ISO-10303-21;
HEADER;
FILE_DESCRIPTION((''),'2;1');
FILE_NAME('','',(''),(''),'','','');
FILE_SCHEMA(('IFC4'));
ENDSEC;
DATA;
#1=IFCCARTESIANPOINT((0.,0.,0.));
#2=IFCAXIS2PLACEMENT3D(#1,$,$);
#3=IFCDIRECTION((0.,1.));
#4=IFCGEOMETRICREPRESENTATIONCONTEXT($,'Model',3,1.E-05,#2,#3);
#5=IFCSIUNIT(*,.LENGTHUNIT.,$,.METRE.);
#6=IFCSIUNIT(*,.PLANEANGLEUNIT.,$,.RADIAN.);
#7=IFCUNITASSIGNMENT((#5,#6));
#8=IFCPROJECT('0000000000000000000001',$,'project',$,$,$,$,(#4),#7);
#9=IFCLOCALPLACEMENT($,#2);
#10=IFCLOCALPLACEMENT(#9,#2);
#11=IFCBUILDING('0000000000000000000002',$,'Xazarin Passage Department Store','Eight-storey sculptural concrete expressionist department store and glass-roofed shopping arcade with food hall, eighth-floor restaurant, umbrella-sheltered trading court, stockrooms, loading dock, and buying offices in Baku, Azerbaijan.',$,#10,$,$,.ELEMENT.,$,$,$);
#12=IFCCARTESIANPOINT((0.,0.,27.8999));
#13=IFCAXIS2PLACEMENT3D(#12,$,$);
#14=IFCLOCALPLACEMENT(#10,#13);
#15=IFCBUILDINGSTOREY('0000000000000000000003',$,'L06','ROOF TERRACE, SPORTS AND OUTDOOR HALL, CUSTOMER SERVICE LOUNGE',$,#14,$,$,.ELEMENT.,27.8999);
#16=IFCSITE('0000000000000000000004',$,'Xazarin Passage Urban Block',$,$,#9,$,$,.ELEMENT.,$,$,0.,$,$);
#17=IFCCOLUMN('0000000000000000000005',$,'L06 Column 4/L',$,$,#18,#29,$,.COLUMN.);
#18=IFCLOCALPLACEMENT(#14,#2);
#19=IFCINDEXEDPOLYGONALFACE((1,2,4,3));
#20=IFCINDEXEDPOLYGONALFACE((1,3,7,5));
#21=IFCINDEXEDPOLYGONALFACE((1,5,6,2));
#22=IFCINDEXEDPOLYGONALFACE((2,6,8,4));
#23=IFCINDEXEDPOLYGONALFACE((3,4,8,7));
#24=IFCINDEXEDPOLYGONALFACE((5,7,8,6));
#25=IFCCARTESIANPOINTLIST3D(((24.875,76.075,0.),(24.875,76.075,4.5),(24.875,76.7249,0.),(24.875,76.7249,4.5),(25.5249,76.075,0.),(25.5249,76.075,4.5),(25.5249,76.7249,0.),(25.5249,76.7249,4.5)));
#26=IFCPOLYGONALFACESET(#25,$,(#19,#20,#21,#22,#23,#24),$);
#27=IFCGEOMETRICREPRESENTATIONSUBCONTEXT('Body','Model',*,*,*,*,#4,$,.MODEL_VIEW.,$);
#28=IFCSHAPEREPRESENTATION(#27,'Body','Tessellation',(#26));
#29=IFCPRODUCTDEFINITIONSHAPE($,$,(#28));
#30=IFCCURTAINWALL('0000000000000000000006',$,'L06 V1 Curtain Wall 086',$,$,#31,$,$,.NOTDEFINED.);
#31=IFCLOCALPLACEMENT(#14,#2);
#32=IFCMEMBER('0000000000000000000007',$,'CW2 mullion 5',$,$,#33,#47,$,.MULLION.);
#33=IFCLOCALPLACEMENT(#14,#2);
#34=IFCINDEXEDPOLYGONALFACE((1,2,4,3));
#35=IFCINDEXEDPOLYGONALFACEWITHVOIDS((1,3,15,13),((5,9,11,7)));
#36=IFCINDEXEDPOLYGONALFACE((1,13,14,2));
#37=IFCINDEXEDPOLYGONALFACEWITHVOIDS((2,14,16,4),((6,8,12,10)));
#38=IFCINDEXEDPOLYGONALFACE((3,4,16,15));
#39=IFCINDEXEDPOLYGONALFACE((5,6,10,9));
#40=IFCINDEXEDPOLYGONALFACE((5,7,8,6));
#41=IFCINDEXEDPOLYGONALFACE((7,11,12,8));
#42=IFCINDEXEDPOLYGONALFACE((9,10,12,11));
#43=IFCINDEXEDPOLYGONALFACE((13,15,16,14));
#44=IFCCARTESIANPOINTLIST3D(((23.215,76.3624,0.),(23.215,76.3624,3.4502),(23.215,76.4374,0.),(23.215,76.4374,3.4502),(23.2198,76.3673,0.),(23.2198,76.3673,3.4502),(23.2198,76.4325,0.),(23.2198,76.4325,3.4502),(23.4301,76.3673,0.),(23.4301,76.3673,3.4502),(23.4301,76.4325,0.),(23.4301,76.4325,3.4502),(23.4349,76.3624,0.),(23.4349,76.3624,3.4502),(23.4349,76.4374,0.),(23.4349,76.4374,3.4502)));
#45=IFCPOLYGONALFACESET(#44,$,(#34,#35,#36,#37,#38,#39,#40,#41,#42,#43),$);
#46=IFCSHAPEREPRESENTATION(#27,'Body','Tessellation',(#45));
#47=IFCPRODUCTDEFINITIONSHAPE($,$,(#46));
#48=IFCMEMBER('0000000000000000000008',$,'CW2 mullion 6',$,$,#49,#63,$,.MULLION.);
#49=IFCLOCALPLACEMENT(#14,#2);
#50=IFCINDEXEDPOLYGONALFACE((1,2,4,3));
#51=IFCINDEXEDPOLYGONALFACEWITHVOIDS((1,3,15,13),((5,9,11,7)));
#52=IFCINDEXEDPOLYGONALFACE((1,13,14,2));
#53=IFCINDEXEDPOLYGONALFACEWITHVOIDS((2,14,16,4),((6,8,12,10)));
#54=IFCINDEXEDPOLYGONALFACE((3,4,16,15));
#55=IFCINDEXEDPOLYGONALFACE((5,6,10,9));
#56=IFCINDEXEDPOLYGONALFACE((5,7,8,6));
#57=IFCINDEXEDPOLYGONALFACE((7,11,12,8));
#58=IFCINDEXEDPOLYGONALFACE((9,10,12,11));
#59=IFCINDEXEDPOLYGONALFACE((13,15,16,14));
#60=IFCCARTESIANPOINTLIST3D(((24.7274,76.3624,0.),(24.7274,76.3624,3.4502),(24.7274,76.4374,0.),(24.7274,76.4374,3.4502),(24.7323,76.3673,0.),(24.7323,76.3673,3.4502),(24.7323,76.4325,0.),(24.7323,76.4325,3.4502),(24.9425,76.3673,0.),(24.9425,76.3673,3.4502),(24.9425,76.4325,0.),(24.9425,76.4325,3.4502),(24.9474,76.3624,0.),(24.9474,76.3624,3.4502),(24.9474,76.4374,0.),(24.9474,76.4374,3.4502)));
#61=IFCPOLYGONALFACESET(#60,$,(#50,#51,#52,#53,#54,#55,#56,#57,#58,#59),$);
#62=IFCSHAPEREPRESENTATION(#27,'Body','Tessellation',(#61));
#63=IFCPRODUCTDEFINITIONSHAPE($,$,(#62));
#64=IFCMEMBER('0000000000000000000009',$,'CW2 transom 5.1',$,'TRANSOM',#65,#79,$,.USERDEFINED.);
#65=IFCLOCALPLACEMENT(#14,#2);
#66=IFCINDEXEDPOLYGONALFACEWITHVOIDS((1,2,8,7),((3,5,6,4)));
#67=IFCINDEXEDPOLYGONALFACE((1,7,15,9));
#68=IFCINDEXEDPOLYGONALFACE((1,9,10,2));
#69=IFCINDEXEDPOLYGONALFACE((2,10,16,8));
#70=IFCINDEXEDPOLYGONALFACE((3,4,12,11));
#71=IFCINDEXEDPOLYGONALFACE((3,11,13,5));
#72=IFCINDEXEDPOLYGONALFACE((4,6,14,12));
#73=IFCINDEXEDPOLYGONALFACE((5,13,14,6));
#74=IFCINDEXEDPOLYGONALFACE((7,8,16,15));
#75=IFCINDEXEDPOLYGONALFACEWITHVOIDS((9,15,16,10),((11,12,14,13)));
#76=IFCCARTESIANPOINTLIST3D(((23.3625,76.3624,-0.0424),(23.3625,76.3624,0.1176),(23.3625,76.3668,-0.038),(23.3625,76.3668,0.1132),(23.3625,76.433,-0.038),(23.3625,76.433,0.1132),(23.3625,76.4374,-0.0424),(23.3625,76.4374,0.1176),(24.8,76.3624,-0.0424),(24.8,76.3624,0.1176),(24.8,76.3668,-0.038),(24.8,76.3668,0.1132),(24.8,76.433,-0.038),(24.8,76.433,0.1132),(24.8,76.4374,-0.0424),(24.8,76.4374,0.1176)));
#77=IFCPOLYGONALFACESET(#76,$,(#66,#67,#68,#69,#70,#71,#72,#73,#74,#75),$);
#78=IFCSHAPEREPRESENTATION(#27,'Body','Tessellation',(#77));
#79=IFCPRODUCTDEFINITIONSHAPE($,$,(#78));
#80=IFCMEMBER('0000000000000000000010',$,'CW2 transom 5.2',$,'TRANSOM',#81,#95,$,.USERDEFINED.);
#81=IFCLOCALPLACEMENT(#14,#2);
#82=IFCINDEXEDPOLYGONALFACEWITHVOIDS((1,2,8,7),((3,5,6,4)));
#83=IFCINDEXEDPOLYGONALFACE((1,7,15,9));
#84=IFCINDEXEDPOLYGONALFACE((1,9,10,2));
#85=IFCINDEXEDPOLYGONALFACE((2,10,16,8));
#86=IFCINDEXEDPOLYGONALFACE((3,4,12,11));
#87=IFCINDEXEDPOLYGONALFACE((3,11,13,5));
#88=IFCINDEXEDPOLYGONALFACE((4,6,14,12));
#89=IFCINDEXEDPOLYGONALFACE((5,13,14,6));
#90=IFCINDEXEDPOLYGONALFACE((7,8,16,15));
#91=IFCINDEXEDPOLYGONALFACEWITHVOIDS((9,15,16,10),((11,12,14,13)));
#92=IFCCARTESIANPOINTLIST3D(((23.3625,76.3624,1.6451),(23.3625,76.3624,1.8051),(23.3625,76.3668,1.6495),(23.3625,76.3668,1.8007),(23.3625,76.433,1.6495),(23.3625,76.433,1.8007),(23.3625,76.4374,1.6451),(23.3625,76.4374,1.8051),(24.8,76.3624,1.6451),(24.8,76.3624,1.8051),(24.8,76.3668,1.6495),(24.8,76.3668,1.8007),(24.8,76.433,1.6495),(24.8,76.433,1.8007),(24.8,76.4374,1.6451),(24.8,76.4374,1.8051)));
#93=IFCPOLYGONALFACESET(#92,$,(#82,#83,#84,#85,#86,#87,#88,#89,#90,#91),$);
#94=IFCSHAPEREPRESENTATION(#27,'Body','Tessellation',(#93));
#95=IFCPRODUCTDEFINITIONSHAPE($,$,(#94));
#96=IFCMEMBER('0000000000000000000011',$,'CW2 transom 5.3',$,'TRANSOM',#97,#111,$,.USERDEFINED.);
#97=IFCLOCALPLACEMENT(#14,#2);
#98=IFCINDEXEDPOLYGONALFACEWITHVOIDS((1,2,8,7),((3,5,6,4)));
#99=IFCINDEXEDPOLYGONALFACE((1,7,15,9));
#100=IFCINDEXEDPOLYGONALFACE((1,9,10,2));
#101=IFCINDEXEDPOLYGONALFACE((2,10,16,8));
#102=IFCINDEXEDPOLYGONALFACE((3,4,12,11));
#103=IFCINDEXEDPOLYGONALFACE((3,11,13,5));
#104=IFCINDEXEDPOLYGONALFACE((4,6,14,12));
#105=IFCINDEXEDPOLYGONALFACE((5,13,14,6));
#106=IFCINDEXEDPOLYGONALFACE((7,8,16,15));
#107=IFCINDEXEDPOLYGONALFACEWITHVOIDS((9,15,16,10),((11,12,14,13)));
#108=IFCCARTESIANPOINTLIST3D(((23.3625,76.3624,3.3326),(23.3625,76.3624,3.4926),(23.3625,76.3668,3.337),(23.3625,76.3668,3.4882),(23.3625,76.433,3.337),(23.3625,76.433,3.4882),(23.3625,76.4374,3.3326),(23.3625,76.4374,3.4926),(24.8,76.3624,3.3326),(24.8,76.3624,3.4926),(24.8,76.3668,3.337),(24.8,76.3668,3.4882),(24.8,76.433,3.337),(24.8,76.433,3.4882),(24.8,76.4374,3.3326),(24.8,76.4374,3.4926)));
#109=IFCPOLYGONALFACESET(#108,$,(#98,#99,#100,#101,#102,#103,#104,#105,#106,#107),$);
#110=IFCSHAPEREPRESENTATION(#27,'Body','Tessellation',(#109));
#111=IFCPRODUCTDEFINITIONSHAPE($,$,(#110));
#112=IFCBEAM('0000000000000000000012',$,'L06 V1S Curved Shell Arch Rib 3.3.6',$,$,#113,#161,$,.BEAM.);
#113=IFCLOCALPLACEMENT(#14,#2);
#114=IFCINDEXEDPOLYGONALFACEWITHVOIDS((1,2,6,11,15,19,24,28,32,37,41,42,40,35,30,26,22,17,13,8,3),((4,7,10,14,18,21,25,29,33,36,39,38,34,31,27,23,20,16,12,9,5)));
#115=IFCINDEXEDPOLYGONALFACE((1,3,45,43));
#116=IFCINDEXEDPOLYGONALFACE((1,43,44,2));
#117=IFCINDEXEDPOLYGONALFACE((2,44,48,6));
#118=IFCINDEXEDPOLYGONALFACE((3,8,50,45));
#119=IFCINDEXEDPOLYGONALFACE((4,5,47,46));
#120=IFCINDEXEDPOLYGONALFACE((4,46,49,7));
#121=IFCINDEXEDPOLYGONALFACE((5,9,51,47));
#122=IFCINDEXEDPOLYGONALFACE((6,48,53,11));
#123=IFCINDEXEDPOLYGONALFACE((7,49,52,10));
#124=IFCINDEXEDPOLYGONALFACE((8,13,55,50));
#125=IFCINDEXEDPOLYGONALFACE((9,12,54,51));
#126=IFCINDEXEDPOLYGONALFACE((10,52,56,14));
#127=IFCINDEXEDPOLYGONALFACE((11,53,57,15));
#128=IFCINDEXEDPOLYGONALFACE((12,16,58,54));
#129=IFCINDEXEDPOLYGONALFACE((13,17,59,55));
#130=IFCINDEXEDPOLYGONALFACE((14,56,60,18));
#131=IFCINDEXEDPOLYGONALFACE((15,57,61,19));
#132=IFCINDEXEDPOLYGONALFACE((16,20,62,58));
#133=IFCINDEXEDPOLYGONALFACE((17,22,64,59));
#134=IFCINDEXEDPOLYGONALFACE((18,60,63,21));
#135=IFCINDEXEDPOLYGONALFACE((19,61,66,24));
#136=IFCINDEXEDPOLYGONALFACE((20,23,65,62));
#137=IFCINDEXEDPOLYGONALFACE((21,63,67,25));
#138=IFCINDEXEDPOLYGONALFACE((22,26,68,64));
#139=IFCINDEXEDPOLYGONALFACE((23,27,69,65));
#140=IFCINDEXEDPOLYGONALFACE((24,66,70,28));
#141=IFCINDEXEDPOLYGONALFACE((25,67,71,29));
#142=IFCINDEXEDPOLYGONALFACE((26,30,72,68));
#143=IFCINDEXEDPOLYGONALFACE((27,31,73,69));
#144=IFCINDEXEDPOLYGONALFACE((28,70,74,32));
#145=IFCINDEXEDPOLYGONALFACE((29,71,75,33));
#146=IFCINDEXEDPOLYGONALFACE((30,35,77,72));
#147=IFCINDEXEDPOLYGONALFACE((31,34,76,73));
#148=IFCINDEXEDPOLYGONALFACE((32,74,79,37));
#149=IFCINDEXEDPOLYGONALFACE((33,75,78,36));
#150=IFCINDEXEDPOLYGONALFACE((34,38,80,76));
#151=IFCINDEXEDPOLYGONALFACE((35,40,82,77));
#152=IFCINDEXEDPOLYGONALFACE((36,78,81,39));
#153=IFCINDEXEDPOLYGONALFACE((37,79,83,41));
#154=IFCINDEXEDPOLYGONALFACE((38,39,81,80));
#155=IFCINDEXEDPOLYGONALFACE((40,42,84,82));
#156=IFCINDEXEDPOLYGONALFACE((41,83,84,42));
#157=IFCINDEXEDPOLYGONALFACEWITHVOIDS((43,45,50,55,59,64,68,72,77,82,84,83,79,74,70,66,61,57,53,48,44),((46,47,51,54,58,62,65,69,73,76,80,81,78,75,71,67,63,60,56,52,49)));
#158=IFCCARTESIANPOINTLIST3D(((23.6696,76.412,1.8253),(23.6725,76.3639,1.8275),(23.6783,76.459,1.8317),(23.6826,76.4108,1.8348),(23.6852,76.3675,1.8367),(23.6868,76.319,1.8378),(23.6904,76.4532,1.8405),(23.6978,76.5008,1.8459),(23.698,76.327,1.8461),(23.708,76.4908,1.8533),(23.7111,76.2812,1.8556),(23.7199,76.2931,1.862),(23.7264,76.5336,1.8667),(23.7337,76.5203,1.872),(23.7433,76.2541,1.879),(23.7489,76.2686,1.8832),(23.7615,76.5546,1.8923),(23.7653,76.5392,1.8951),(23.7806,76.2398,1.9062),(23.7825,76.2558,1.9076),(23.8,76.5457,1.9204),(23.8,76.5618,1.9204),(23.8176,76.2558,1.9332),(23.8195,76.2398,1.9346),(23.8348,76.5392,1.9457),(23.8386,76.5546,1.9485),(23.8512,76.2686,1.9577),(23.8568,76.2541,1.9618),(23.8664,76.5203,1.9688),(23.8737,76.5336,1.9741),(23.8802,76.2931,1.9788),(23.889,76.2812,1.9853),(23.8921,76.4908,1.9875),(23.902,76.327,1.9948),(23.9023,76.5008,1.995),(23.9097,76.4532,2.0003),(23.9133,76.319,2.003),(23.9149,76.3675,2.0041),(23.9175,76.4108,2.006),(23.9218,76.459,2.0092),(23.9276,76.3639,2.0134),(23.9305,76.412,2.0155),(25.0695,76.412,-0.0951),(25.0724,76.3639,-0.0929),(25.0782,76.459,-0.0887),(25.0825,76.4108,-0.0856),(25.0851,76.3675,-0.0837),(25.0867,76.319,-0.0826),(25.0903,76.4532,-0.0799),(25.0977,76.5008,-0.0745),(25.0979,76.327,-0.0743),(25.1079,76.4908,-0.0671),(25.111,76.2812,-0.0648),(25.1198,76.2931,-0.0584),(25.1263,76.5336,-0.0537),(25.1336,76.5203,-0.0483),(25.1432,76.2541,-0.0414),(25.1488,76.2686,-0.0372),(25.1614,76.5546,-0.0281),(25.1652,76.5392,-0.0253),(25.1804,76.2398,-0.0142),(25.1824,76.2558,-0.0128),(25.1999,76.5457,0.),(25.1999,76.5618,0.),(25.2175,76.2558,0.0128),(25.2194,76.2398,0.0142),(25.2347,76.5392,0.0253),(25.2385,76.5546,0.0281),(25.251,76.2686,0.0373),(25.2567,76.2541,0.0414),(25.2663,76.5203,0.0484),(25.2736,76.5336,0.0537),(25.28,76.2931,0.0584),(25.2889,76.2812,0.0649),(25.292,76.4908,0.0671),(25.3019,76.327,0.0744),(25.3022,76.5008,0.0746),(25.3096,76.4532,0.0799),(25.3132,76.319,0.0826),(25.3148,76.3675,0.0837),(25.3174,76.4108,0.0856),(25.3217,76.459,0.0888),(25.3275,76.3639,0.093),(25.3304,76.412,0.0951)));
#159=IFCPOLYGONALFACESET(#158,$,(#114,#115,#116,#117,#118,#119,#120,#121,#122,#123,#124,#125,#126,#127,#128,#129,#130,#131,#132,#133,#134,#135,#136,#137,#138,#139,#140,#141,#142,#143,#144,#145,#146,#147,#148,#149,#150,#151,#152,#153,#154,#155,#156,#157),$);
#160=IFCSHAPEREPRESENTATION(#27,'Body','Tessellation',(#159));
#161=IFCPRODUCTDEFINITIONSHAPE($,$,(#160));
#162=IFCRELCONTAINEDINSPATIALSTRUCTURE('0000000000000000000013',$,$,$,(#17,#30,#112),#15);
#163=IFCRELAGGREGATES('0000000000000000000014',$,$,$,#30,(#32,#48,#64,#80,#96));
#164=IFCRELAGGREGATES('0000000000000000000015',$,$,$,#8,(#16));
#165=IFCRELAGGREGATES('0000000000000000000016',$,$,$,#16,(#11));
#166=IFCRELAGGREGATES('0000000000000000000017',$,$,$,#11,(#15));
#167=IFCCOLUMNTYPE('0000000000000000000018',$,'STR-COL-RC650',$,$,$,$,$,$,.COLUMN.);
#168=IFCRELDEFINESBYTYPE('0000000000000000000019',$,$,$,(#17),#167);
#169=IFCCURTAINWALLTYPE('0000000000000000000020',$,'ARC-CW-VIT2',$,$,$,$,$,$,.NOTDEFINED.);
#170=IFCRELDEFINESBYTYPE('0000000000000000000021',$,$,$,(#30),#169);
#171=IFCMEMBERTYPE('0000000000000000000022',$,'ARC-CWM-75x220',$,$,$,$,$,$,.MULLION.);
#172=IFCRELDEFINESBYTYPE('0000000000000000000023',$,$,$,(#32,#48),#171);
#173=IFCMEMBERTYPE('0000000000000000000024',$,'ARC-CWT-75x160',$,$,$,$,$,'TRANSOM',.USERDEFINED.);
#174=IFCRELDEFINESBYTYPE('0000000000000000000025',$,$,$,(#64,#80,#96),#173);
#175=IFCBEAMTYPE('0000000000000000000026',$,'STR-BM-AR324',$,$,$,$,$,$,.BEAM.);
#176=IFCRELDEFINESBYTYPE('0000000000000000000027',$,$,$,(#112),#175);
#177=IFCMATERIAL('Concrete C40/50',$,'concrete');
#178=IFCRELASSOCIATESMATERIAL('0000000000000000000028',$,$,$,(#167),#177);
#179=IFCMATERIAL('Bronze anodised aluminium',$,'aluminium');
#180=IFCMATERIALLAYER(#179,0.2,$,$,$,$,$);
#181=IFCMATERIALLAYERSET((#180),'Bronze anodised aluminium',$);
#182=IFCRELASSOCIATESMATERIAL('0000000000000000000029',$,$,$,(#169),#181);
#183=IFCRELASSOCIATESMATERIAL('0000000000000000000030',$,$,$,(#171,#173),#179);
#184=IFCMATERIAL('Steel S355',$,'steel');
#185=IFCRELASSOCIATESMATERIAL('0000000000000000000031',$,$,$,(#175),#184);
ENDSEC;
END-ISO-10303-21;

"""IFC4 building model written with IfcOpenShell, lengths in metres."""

from ifc_helpers import new_model, si_unit, direction, frame, origin, origin_2d, place, context, subcontext, project, spatial, rectangle, hollow_rectangle, hollow_circle, extrude, material, layer, layer_set, material_profile, profile_set, type_object, element, aggregate, save


model = new_model("IFC4")

# Units and contexts
model_context = context("Model", 3, precision=1e-05, world=origin(), true_north=direction((0.0, 1.0)))
body_context = subcontext(model_context, "Body", "Model", "MODEL_VIEW")
ifc_project = project(units=[si_unit("LENGTHUNIT", "METRE"), si_unit("PLANEANGLEUNIT", "RADIAN")], contexts=[model_context])

# Site, building, storey
site_placement = place(None, origin())
site = spatial("IfcSite", under=ifc_project, at=site_placement, Name="Xazarin Passage Urban Block", CompositionType="ELEMENT", RefElevation=0.0)
building_placement = place(site_placement, origin())
building = spatial("IfcBuilding", under=site, at=building_placement, Name="Xazarin Passage Department Store", Description="Eight-storey sculptural concrete expressionist department store and glass-roofed shopping arcade with food hall, eighth-floor restaurant, umbrella-sheltered trading court, stockrooms, loading dock, and buying offices in Baku, Azerbaijan.", CompositionType="ELEMENT")
storey_placement = place(building_placement, frame((0.0, 0.0, 27.8999)))
storey = spatial("IfcBuildingStorey", under=building, at=storey_placement, Name="L06", Description="ROOF TERRACE, SPORTS AND OUTDOOR HALL, CUSTOMER SERVICE LOUNGE", CompositionType="ELEMENT", Elevation=27.8999)

# Column
ifc_material_1 = material(Name="Concrete C40/50", Category="concrete")
ifc_material_profile_1 = material_profile(ifc_material_1, rectangle(XDim=0.6499, YDim=0.6499, at=origin_2d()), Name="RC 650x650")
ifc_profile_set_1 = profile_set([ifc_material_profile_1], Name="Concrete C40/50")
column_type = type_object("IfcColumnType", Name="STR-COL-RC650", PredefinedType="COLUMN", material=ifc_profile_set_1)
column_placement = place(storey_placement, frame((25.2, 76.3999, 0.0), z_axis=(0.0, 0.0, 1.0), x_axis=(1.0, 0.0, 0.0)))
element("IfcColumn", 1, at=column_placement, inside=storey, type_object=column_type, Name="L06 Column 4/L", PredefinedType="COLUMN", context=body_context, shape_type="SweptSolid", body=[
    extrude(rectangle(XDim=0.6499, YDim=0.6499, at=origin_2d()), origin(), (0.0, 0.0, 1.0), 4.5),
])

# Curtain wall, members
ifc_material_2 = material(Name="Bronze anodised aluminium", Category="aluminium")
ifc_layer_1 = layer(ifc_material_2, 0.2)
ifc_layer_set_1 = layer_set([ifc_layer_1], Name="Bronze anodised aluminium")
curtain_wall_type = type_object("IfcCurtainWallType", Name="ARC-CW-VIT2", PredefinedType="NOTDEFINED", material=ifc_layer_set_1)
curtain_wall_placement = place(storey_placement, origin())
curtain_wall = element("IfcCurtainWall", 2, at=curtain_wall_placement, inside=storey, type_object=curtain_wall_type, Name="L06 V1 Curtain Wall 086", PredefinedType="NOTDEFINED")
ifc_material_profile_2 = material_profile(ifc_material_2, hollow_rectangle(XDim=0.075, YDim=0.22, WallThickness=0.0049, at=origin_2d()), Name="ALU 75x220")
ifc_profile_set_2 = profile_set([ifc_material_profile_2], Name="Bronze anodised aluminium")
member_type_1 = type_object("IfcMemberType", Name="ARC-CWM-75x220", PredefinedType="MULLION", material=ifc_profile_set_2)
member_1_placement = place(storey_placement, frame((23.325, 76.3999, 0.0), z_axis=(0.0, 0.0, 1.0), x_axis=(0.0, 1.0, 0.0)))
member_1 = element("IfcMember", 3, at=member_1_placement, type_object=member_type_1, Name="CW2 mullion 5", PredefinedType="MULLION", context=body_context, shape_type="SweptSolid", body=[
    extrude(hollow_rectangle(XDim=0.075, YDim=0.22, WallThickness=0.0049, at=origin_2d()), origin(), (0.0, 0.0, 1.0), 3.4502),
])
member_2_placement = place(storey_placement, frame((24.8374, 76.3999, 0.0), z_axis=(0.0, 0.0, 1.0), x_axis=(0.0, 1.0, 0.0)))
member_2 = element("IfcMember", 4, at=member_2_placement, type_object=member_type_1, Name="CW2 mullion 6", PredefinedType="MULLION", context=body_context, shape_type="SweptSolid", body=[
    extrude(hollow_rectangle(XDim=0.075, YDim=0.22, WallThickness=0.0049, at=origin_2d()), origin(), (0.0, 0.0, 1.0), 3.4502),
])
ifc_material_profile_3 = material_profile(ifc_material_2, hollow_rectangle(XDim=0.075, YDim=0.1599, WallThickness=0.0044, at=origin_2d()), Name="ALU 75x160")
ifc_profile_set_3 = profile_set([ifc_material_profile_3], Name="Bronze anodised aluminium")
member_type_2 = type_object("IfcMemberType", Name="ARC-CWT-75x160", ElementType="TRANSOM", PredefinedType="USERDEFINED", material=ifc_profile_set_3)
member_3_placement = place(storey_placement, frame((23.3625, 76.3999, 0.0376), z_axis=(1.0, 0.0, 0.0), x_axis=(0.0, 1.0, 0.0)))
member_3 = element("IfcMember", 5, at=member_3_placement, type_object=member_type_2, Name="CW2 transom 5.1", ObjectType="TRANSOM", PredefinedType="USERDEFINED", context=body_context, shape_type="SweptSolid", body=[
    extrude(hollow_rectangle(XDim=0.075, YDim=0.1599, WallThickness=0.0044, at=origin_2d()), origin(), (0.0, 0.0, 1.0), 1.4375),
])
member_4_placement = place(storey_placement, frame((23.3625, 76.3999, 1.7251), z_axis=(1.0, 0.0, 0.0), x_axis=(0.0, 1.0, 0.0)))
member_4 = element("IfcMember", 6, at=member_4_placement, type_object=member_type_2, Name="CW2 transom 5.2", ObjectType="TRANSOM", PredefinedType="USERDEFINED", context=body_context, shape_type="SweptSolid", body=[
    extrude(hollow_rectangle(XDim=0.075, YDim=0.1599, WallThickness=0.0044, at=origin_2d()), origin(), (0.0, 0.0, 1.0), 1.4375),
])
member_5_placement = place(storey_placement, frame((23.3625, 76.3999, 3.4126), z_axis=(1.0, 0.0, 0.0), x_axis=(0.0, 1.0, 0.0)))
member_5 = element("IfcMember", 7, at=member_5_placement, type_object=member_type_2, Name="CW2 transom 5.3", ObjectType="TRANSOM", PredefinedType="USERDEFINED", context=body_context, shape_type="SweptSolid", body=[
    extrude(hollow_rectangle(XDim=0.075, YDim=0.1599, WallThickness=0.0044, at=origin_2d()), origin(), (0.0, 0.0, 1.0), 1.4375),
])

# Beam
ifc_material_3 = material(Name="Steel S355", Category="steel")
ifc_material_profile_4 = material_profile(ifc_material_3, hollow_circle(Radius=0.1619, WallThickness=0.0161, at=origin_2d()), Name="CHS 323.9x16")
ifc_profile_set_4 = profile_set([ifc_material_profile_4], Name="Steel S355")
beam_type_1 = type_object("IfcBeamType", Name="STR-BM-AR324", PredefinedType="BEAM", material=ifc_profile_set_4)
beam_1_placement = place(storey_placement, frame((23.8, 76.3999, 1.9204), z_axis=(0.589063, 0.0, -0.808087), x_axis=(0.0, 1.0, 0.0)))
element("IfcBeam", 8, at=beam_1_placement, inside=storey, type_object=beam_type_1, Name="L06 V1S Curved Shell Arch Rib 3.3.6", PredefinedType="BEAM", context=body_context, shape_type="SweptSolid", body=[
    extrude(hollow_circle(Radius=0.1619, WallThickness=0.0161, at=origin_2d()), origin(), (0.0, 0.0, 1.0), 2.3765),
])

aggregate(curtain_wall, [member_1, member_2, member_3, member_4, member_5])

save(model, "model.ifc")
